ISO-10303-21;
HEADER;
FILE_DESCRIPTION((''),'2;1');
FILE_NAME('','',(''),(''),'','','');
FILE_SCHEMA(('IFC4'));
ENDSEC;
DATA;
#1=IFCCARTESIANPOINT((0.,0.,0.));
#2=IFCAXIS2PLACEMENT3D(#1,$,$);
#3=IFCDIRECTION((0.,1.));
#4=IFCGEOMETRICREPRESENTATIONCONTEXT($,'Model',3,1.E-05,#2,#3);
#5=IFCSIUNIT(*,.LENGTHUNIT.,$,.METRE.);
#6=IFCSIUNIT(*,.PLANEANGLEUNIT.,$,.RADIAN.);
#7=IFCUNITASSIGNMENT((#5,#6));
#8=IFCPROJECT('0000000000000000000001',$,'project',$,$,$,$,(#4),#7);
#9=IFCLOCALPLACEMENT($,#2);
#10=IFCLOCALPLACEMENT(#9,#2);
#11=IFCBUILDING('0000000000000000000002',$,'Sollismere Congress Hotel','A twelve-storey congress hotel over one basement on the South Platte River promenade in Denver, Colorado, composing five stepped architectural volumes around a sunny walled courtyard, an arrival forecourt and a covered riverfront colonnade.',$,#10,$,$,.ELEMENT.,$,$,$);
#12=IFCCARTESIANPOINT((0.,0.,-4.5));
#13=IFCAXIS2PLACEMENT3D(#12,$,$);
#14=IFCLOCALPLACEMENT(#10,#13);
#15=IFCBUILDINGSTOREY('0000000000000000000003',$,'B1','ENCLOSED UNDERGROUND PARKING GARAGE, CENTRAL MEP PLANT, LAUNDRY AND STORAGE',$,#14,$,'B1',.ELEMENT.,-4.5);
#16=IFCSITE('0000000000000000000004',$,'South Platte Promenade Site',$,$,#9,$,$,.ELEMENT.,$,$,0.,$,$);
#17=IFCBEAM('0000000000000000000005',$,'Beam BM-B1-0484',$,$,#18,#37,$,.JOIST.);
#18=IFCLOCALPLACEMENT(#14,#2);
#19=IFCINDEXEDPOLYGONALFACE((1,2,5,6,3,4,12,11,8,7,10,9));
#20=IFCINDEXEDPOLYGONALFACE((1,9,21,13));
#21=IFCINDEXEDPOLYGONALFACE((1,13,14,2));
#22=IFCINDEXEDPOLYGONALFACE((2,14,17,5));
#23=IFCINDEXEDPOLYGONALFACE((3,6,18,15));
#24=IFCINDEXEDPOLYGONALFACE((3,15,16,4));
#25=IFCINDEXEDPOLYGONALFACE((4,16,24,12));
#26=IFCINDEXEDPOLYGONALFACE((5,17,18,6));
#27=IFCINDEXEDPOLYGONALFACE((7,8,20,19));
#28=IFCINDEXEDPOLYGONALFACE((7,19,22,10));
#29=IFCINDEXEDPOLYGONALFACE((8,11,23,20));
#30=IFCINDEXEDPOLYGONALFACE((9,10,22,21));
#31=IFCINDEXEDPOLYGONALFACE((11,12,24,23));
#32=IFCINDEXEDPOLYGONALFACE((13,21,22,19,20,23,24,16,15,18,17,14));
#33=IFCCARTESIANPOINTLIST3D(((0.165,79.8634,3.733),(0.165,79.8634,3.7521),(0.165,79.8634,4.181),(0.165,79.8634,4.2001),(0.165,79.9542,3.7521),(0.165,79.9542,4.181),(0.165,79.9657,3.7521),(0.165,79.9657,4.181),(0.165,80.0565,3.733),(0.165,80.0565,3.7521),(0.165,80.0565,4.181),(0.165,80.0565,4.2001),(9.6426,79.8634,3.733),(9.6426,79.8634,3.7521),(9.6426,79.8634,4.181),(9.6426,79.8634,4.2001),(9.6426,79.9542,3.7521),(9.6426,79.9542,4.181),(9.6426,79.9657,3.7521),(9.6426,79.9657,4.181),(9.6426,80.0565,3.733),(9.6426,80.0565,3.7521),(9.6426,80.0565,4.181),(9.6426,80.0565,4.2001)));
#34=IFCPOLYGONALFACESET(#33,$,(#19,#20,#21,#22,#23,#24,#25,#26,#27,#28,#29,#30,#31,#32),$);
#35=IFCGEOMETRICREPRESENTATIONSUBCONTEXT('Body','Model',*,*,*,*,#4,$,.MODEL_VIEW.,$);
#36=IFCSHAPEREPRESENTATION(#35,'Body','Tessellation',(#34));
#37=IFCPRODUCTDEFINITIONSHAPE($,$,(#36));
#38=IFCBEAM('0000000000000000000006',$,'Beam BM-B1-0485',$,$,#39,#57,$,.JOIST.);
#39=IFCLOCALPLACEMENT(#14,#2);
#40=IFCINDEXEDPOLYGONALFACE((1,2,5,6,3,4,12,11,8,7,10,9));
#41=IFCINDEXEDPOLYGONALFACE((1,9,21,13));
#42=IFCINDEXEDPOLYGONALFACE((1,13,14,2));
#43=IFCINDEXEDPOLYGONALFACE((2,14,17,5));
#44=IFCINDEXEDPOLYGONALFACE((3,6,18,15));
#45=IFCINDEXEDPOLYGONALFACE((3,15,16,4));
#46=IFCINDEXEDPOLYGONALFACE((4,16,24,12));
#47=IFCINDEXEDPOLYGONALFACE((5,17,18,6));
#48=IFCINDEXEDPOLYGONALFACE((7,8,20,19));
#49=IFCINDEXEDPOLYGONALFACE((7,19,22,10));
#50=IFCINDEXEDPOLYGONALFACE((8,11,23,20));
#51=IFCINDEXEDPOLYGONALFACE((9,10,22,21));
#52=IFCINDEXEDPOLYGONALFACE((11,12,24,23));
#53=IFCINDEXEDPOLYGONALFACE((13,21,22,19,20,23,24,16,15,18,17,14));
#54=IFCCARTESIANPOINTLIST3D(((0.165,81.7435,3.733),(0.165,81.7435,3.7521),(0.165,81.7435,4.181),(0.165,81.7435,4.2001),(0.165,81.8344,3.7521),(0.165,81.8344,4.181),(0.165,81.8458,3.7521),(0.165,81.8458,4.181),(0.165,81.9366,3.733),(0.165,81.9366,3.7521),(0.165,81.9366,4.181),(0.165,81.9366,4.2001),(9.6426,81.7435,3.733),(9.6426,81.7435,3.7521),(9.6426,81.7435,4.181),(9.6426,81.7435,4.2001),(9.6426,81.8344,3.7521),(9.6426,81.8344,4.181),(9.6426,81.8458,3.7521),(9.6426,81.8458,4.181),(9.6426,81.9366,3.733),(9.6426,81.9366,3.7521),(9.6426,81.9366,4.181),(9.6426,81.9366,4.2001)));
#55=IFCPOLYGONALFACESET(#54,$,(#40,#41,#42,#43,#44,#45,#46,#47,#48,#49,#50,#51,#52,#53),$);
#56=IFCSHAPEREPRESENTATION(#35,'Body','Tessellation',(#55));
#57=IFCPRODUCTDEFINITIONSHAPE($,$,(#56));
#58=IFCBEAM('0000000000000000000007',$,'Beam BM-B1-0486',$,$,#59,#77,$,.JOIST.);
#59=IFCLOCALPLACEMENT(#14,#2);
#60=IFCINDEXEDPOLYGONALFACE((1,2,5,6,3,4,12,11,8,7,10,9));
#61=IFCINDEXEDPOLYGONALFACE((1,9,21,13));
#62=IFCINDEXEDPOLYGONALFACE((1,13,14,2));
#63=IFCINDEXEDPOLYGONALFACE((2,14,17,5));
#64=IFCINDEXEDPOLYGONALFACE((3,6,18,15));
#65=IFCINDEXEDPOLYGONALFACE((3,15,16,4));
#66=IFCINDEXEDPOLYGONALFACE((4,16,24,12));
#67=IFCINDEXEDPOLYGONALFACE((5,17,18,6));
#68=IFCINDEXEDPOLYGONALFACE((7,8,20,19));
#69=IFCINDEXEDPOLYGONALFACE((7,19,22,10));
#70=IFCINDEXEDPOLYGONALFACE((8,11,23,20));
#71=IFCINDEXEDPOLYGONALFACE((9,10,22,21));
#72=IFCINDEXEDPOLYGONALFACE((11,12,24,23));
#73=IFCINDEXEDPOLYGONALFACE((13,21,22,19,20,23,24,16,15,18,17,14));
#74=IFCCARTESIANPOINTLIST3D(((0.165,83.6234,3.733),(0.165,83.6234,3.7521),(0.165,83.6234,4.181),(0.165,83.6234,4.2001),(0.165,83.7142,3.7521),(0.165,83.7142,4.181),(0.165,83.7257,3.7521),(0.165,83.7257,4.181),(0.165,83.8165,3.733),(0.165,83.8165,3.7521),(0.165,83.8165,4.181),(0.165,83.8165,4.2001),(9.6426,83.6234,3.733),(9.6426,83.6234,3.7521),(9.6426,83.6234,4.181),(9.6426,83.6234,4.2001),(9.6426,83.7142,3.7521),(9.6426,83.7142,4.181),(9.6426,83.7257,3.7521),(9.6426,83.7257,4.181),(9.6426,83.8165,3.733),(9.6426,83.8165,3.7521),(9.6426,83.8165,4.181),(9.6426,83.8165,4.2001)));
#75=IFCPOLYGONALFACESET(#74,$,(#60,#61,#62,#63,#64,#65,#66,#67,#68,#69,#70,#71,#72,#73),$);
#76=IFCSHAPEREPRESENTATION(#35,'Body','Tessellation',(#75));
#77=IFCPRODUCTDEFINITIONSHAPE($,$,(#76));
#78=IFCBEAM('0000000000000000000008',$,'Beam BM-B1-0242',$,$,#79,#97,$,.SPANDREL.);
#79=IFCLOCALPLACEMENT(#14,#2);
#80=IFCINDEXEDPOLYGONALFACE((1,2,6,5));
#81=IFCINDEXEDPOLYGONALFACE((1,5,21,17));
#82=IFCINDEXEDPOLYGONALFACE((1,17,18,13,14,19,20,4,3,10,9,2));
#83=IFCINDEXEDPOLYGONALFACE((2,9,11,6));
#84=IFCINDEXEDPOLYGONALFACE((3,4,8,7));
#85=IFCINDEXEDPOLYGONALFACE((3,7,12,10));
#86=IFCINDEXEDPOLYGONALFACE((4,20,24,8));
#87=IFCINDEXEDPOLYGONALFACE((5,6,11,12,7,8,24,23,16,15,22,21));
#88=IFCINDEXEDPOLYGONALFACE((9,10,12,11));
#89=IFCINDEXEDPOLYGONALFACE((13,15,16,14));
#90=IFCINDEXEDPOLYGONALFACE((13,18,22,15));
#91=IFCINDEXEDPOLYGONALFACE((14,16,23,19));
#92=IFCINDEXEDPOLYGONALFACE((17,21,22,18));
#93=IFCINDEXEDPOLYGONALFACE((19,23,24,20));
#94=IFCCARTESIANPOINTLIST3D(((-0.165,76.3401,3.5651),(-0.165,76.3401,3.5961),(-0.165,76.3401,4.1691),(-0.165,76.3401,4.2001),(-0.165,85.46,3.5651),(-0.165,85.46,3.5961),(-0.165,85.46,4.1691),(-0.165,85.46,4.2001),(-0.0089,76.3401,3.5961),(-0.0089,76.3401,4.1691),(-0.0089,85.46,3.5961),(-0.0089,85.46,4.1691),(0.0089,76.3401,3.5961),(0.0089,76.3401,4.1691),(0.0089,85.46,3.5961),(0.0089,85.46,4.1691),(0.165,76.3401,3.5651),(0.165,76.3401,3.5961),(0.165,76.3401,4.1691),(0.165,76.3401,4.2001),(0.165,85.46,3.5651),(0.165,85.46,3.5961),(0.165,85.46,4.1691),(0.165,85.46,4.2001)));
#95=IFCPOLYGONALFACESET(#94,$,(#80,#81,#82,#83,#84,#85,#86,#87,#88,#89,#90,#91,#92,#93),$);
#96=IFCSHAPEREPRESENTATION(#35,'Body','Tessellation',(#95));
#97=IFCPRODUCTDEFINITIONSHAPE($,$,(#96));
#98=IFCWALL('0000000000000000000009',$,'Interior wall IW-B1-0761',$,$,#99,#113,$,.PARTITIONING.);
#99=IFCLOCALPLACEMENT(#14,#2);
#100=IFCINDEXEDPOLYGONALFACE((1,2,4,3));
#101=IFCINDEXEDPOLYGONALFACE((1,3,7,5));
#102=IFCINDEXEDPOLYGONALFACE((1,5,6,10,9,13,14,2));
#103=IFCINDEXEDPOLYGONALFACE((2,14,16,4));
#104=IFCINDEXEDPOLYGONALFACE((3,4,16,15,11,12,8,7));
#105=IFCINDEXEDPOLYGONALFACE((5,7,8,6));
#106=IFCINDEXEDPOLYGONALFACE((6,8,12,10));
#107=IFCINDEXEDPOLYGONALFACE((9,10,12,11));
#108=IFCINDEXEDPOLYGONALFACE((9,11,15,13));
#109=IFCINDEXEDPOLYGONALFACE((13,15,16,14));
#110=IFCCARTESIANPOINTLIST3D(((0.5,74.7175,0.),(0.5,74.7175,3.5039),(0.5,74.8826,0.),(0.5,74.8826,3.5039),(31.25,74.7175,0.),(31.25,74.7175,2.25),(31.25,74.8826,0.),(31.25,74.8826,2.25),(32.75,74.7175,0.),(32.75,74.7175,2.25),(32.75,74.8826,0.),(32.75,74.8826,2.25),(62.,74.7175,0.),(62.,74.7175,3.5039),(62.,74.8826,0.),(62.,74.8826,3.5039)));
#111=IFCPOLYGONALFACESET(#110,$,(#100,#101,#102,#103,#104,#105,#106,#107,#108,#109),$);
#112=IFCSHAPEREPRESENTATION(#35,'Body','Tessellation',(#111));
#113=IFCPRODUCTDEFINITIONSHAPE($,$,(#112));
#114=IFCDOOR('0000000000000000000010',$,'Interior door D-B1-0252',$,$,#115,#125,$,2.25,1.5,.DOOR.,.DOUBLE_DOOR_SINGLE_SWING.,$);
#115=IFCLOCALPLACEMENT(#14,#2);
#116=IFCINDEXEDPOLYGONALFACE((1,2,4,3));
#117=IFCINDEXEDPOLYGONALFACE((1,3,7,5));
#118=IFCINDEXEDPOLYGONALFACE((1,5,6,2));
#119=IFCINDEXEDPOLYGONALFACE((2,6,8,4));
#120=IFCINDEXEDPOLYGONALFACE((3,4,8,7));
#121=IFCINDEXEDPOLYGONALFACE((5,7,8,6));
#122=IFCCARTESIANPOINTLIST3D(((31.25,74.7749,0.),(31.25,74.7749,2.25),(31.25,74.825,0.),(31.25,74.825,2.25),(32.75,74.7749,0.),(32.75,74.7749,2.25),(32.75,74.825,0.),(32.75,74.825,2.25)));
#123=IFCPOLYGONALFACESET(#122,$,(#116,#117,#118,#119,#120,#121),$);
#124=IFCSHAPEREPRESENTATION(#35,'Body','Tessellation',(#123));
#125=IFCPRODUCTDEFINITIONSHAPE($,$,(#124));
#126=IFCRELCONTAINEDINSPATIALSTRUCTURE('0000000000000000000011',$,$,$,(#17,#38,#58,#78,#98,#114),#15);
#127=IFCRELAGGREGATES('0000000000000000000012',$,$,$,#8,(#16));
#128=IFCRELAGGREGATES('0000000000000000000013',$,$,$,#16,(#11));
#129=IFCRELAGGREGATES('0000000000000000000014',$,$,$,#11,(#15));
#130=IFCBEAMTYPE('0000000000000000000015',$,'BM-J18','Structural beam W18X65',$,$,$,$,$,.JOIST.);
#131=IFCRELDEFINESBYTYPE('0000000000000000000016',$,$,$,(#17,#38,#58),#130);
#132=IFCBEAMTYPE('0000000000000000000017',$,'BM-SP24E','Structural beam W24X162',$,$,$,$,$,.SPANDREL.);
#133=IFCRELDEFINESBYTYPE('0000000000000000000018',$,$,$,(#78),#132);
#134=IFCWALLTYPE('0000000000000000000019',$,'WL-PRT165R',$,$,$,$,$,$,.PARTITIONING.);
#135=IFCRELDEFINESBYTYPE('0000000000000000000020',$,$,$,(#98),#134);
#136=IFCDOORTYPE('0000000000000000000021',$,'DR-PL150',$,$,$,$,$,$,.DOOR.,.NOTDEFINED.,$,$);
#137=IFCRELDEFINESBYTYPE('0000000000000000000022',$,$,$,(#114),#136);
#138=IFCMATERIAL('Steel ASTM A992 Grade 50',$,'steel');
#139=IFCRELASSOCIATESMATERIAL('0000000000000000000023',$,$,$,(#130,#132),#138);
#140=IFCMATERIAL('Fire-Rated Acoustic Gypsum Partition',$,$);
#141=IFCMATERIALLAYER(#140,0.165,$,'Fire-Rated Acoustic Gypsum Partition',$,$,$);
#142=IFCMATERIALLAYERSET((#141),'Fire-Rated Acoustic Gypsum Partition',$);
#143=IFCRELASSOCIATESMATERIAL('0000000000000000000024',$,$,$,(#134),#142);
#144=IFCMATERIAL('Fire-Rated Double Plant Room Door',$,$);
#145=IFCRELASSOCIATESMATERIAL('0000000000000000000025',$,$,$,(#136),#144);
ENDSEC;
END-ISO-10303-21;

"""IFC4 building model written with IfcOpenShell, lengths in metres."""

from ifc_helpers import new_model, si_unit, direction, frame, frame_2d, origin, origin_2d, place, context, subcontext, project, spatial, rectangle, i_section, extrude, material, layer, layer_set, material_profile, profile_set, type_object, element, fill, save


model = new_model("IFC4")

# Units and contexts
model_context = context("Model", 3, precision=1e-05, world=origin(), true_north=direction((0.0, 1.0)))
body_context = subcontext(model_context, "Body", "Model", "MODEL_VIEW")
ifc_project = project(units=[si_unit("LENGTHUNIT", "METRE"), si_unit("PLANEANGLEUNIT", "RADIAN")], contexts=[model_context])

# Site, building, storey
site_placement = place(None, origin())
site = spatial("IfcSite", under=ifc_project, at=site_placement, Name="South Platte Promenade Site", CompositionType="ELEMENT", RefElevation=0.0)
building_placement = place(site_placement, origin())
building = spatial("IfcBuilding", under=site, at=building_placement, Name="Sollismere Congress Hotel", Description="A twelve-storey congress hotel over one basement on the South Platte River promenade in Denver, Colorado, composing five stepped architectural volumes around a sunny walled courtyard, an arrival forecourt and a covered riverfront colonnade.", CompositionType="ELEMENT")
storey_placement = place(building_placement, frame((0.0, 0.0, -4.5)))
storey = spatial("IfcBuildingStorey", under=building, at=storey_placement, Name="B1", Description="ENCLOSED UNDERGROUND PARKING GARAGE, CENTRAL MEP PLANT, LAUNDRY AND STORAGE", LongName="B1", CompositionType="ELEMENT", Elevation=-4.5)

# Beams
ifc_material_1 = material(Name="Steel ASTM A992 Grade 50", Category="steel")
ifc_material_profile_1 = material_profile(ifc_material_1, i_section(OverallWidth=0.1931, OverallDepth=0.467, WebThickness=0.0115, FlangeThickness=0.019, at=origin_2d()), Name="W18X65")
ifc_profile_set_1 = profile_set([ifc_material_profile_1], Name="Steel ASTM A992 Grade 50")
beam_type_1 = type_object("IfcBeamType", Name="BM-J18", Description="Structural beam W18X65", PredefinedType="JOIST", material=ifc_profile_set_1)
for number, where, z_axis, x_axis, name in (
    (1, (0.165, 79.96, 3.9666), (1.0, 0.0, 0.0), (0.0, 1.0, 0.0), "Beam BM-B1-0484"),
    (2, (0.165, 81.8401, 3.9666), (1.0, 0.0, 0.0), (0.0, 1.0, 0.0), "Beam BM-B1-0485"),
    (3, (0.165, 83.72, 3.9666), (1.0, 0.0, 0.0), (0.0, 1.0, 0.0), "Beam BM-B1-0486"),
):
    element("IfcBeam", number, at=place(storey_placement, frame(where, z_axis=z_axis, x_axis=x_axis)), inside=storey, type_object=beam_type_1, Name=name, PredefinedType="JOIST", context=body_context, shape_type="SweptSolid", body=[
        extrude(i_section(OverallWidth=0.1931, OverallDepth=0.467, WebThickness=0.0115, FlangeThickness=0.019, at=origin_2d()), origin(), (0.0, 0.0, 1.0), 9.4775),
    ])
ifc_material_profile_2 = material_profile(ifc_material_1, i_section(OverallWidth=0.3301, OverallDepth=0.635, WebThickness=0.0178, FlangeThickness=0.031, at=origin_2d()), Name="W24X162")
ifc_profile_set_2 = profile_set([ifc_material_profile_2], Name="Steel ASTM A992 Grade 50")
beam_type_2 = type_object("IfcBeamType", Name="BM-SP24E", Description="Structural beam W24X162", PredefinedType="SPANDREL", material=ifc_profile_set_2)
beam_placement = place(storey_placement, frame((0.0, 76.3401, 3.8826), z_axis=(0.0, 1.0, 0.0), x_axis=(-1.0, 0.0, 0.0)))
element("IfcBeam", 4, at=beam_placement, inside=storey, type_object=beam_type_2, Name="Beam BM-B1-0242", PredefinedType="SPANDREL", context=body_context, shape_type="SweptSolid", body=[
    extrude(i_section(OverallWidth=0.3301, OverallDepth=0.635, WebThickness=0.0178, FlangeThickness=0.031, at=origin_2d()), origin(), (0.0, 0.0, 1.0), 9.1199),
])

# Wall, opening, door
ifc_material_2 = material(Name="Fire-Rated Acoustic Gypsum Partition")
ifc_layer = layer(ifc_material_2, 0.165, Name="Fire-Rated Acoustic Gypsum Partition")
ifc_layer_set = layer_set([ifc_layer], Name="Fire-Rated Acoustic Gypsum Partition")
wall_type = type_object("IfcWallType", Name="WL-PRT165R", PredefinedType="PARTITIONING", material=ifc_layer_set)
wall_placement = place(storey_placement, frame((0.5, 74.8, 0.0), z_axis=(0.0, 0.0, 1.0), x_axis=(1.0, 0.0, 0.0)))
wall = element("IfcWall", 5, at=wall_placement, inside=storey, type_object=wall_type, Name="Interior wall IW-B1-0761", PredefinedType="PARTITIONING", context=body_context, shape_type="SweptSolid", body=[
    extrude(rectangle(XDim=61.5, YDim=0.165, at=frame_2d((30.75, 0.0))), origin(), (0.0, 0.0, 1.0), 3.5039),
])
opening_placement = place(wall_placement, frame((30.75, 0.0, 0.0)))
opening = element("IfcOpeningElement", 6, at=opening_placement, cuts=wall, PredefinedType="OPENING", context=body_context, shape_type="SweptSolid", body=[
    extrude(rectangle(XDim=1.5, YDim=2.25, at=frame_2d((0.75, 1.125))), frame((0.0, 0.0925, 0.0), z_axis=(0.0, -1.0, 0.0), x_axis=(1.0, 0.0, 0.0)), (0.0, 0.0, 1.0), 0.1851),
])
ifc_material_3 = material(Name="Fire-Rated Double Plant Room Door")
door_type = type_object("IfcDoorType", Name="DR-PL150", OperationType="NOTDEFINED", PredefinedType="DOOR", material=ifc_material_3)
door_placement = place(opening_placement, origin())
door = element("IfcDoor", 7, at=door_placement, inside=storey, type_object=door_type, Name="Interior door D-B1-0252", OperationType="DOUBLE_DOOR_SINGLE_SWING", OverallHeight=2.25, OverallWidth=1.5, PredefinedType="DOOR", context=body_context, shape_type="SweptSolid", body=[
    extrude(rectangle(XDim=1.5, YDim=2.25, at=frame_2d((0.75, 1.125))), frame((0.0, 0.0249, 0.0), z_axis=(0.0, -1.0, 0.0), x_axis=(1.0, 0.0, 0.0)), (0.0, 0.0, 1.0), 0.05),
])
fill(opening, door)

save(model, "model.ifc")
